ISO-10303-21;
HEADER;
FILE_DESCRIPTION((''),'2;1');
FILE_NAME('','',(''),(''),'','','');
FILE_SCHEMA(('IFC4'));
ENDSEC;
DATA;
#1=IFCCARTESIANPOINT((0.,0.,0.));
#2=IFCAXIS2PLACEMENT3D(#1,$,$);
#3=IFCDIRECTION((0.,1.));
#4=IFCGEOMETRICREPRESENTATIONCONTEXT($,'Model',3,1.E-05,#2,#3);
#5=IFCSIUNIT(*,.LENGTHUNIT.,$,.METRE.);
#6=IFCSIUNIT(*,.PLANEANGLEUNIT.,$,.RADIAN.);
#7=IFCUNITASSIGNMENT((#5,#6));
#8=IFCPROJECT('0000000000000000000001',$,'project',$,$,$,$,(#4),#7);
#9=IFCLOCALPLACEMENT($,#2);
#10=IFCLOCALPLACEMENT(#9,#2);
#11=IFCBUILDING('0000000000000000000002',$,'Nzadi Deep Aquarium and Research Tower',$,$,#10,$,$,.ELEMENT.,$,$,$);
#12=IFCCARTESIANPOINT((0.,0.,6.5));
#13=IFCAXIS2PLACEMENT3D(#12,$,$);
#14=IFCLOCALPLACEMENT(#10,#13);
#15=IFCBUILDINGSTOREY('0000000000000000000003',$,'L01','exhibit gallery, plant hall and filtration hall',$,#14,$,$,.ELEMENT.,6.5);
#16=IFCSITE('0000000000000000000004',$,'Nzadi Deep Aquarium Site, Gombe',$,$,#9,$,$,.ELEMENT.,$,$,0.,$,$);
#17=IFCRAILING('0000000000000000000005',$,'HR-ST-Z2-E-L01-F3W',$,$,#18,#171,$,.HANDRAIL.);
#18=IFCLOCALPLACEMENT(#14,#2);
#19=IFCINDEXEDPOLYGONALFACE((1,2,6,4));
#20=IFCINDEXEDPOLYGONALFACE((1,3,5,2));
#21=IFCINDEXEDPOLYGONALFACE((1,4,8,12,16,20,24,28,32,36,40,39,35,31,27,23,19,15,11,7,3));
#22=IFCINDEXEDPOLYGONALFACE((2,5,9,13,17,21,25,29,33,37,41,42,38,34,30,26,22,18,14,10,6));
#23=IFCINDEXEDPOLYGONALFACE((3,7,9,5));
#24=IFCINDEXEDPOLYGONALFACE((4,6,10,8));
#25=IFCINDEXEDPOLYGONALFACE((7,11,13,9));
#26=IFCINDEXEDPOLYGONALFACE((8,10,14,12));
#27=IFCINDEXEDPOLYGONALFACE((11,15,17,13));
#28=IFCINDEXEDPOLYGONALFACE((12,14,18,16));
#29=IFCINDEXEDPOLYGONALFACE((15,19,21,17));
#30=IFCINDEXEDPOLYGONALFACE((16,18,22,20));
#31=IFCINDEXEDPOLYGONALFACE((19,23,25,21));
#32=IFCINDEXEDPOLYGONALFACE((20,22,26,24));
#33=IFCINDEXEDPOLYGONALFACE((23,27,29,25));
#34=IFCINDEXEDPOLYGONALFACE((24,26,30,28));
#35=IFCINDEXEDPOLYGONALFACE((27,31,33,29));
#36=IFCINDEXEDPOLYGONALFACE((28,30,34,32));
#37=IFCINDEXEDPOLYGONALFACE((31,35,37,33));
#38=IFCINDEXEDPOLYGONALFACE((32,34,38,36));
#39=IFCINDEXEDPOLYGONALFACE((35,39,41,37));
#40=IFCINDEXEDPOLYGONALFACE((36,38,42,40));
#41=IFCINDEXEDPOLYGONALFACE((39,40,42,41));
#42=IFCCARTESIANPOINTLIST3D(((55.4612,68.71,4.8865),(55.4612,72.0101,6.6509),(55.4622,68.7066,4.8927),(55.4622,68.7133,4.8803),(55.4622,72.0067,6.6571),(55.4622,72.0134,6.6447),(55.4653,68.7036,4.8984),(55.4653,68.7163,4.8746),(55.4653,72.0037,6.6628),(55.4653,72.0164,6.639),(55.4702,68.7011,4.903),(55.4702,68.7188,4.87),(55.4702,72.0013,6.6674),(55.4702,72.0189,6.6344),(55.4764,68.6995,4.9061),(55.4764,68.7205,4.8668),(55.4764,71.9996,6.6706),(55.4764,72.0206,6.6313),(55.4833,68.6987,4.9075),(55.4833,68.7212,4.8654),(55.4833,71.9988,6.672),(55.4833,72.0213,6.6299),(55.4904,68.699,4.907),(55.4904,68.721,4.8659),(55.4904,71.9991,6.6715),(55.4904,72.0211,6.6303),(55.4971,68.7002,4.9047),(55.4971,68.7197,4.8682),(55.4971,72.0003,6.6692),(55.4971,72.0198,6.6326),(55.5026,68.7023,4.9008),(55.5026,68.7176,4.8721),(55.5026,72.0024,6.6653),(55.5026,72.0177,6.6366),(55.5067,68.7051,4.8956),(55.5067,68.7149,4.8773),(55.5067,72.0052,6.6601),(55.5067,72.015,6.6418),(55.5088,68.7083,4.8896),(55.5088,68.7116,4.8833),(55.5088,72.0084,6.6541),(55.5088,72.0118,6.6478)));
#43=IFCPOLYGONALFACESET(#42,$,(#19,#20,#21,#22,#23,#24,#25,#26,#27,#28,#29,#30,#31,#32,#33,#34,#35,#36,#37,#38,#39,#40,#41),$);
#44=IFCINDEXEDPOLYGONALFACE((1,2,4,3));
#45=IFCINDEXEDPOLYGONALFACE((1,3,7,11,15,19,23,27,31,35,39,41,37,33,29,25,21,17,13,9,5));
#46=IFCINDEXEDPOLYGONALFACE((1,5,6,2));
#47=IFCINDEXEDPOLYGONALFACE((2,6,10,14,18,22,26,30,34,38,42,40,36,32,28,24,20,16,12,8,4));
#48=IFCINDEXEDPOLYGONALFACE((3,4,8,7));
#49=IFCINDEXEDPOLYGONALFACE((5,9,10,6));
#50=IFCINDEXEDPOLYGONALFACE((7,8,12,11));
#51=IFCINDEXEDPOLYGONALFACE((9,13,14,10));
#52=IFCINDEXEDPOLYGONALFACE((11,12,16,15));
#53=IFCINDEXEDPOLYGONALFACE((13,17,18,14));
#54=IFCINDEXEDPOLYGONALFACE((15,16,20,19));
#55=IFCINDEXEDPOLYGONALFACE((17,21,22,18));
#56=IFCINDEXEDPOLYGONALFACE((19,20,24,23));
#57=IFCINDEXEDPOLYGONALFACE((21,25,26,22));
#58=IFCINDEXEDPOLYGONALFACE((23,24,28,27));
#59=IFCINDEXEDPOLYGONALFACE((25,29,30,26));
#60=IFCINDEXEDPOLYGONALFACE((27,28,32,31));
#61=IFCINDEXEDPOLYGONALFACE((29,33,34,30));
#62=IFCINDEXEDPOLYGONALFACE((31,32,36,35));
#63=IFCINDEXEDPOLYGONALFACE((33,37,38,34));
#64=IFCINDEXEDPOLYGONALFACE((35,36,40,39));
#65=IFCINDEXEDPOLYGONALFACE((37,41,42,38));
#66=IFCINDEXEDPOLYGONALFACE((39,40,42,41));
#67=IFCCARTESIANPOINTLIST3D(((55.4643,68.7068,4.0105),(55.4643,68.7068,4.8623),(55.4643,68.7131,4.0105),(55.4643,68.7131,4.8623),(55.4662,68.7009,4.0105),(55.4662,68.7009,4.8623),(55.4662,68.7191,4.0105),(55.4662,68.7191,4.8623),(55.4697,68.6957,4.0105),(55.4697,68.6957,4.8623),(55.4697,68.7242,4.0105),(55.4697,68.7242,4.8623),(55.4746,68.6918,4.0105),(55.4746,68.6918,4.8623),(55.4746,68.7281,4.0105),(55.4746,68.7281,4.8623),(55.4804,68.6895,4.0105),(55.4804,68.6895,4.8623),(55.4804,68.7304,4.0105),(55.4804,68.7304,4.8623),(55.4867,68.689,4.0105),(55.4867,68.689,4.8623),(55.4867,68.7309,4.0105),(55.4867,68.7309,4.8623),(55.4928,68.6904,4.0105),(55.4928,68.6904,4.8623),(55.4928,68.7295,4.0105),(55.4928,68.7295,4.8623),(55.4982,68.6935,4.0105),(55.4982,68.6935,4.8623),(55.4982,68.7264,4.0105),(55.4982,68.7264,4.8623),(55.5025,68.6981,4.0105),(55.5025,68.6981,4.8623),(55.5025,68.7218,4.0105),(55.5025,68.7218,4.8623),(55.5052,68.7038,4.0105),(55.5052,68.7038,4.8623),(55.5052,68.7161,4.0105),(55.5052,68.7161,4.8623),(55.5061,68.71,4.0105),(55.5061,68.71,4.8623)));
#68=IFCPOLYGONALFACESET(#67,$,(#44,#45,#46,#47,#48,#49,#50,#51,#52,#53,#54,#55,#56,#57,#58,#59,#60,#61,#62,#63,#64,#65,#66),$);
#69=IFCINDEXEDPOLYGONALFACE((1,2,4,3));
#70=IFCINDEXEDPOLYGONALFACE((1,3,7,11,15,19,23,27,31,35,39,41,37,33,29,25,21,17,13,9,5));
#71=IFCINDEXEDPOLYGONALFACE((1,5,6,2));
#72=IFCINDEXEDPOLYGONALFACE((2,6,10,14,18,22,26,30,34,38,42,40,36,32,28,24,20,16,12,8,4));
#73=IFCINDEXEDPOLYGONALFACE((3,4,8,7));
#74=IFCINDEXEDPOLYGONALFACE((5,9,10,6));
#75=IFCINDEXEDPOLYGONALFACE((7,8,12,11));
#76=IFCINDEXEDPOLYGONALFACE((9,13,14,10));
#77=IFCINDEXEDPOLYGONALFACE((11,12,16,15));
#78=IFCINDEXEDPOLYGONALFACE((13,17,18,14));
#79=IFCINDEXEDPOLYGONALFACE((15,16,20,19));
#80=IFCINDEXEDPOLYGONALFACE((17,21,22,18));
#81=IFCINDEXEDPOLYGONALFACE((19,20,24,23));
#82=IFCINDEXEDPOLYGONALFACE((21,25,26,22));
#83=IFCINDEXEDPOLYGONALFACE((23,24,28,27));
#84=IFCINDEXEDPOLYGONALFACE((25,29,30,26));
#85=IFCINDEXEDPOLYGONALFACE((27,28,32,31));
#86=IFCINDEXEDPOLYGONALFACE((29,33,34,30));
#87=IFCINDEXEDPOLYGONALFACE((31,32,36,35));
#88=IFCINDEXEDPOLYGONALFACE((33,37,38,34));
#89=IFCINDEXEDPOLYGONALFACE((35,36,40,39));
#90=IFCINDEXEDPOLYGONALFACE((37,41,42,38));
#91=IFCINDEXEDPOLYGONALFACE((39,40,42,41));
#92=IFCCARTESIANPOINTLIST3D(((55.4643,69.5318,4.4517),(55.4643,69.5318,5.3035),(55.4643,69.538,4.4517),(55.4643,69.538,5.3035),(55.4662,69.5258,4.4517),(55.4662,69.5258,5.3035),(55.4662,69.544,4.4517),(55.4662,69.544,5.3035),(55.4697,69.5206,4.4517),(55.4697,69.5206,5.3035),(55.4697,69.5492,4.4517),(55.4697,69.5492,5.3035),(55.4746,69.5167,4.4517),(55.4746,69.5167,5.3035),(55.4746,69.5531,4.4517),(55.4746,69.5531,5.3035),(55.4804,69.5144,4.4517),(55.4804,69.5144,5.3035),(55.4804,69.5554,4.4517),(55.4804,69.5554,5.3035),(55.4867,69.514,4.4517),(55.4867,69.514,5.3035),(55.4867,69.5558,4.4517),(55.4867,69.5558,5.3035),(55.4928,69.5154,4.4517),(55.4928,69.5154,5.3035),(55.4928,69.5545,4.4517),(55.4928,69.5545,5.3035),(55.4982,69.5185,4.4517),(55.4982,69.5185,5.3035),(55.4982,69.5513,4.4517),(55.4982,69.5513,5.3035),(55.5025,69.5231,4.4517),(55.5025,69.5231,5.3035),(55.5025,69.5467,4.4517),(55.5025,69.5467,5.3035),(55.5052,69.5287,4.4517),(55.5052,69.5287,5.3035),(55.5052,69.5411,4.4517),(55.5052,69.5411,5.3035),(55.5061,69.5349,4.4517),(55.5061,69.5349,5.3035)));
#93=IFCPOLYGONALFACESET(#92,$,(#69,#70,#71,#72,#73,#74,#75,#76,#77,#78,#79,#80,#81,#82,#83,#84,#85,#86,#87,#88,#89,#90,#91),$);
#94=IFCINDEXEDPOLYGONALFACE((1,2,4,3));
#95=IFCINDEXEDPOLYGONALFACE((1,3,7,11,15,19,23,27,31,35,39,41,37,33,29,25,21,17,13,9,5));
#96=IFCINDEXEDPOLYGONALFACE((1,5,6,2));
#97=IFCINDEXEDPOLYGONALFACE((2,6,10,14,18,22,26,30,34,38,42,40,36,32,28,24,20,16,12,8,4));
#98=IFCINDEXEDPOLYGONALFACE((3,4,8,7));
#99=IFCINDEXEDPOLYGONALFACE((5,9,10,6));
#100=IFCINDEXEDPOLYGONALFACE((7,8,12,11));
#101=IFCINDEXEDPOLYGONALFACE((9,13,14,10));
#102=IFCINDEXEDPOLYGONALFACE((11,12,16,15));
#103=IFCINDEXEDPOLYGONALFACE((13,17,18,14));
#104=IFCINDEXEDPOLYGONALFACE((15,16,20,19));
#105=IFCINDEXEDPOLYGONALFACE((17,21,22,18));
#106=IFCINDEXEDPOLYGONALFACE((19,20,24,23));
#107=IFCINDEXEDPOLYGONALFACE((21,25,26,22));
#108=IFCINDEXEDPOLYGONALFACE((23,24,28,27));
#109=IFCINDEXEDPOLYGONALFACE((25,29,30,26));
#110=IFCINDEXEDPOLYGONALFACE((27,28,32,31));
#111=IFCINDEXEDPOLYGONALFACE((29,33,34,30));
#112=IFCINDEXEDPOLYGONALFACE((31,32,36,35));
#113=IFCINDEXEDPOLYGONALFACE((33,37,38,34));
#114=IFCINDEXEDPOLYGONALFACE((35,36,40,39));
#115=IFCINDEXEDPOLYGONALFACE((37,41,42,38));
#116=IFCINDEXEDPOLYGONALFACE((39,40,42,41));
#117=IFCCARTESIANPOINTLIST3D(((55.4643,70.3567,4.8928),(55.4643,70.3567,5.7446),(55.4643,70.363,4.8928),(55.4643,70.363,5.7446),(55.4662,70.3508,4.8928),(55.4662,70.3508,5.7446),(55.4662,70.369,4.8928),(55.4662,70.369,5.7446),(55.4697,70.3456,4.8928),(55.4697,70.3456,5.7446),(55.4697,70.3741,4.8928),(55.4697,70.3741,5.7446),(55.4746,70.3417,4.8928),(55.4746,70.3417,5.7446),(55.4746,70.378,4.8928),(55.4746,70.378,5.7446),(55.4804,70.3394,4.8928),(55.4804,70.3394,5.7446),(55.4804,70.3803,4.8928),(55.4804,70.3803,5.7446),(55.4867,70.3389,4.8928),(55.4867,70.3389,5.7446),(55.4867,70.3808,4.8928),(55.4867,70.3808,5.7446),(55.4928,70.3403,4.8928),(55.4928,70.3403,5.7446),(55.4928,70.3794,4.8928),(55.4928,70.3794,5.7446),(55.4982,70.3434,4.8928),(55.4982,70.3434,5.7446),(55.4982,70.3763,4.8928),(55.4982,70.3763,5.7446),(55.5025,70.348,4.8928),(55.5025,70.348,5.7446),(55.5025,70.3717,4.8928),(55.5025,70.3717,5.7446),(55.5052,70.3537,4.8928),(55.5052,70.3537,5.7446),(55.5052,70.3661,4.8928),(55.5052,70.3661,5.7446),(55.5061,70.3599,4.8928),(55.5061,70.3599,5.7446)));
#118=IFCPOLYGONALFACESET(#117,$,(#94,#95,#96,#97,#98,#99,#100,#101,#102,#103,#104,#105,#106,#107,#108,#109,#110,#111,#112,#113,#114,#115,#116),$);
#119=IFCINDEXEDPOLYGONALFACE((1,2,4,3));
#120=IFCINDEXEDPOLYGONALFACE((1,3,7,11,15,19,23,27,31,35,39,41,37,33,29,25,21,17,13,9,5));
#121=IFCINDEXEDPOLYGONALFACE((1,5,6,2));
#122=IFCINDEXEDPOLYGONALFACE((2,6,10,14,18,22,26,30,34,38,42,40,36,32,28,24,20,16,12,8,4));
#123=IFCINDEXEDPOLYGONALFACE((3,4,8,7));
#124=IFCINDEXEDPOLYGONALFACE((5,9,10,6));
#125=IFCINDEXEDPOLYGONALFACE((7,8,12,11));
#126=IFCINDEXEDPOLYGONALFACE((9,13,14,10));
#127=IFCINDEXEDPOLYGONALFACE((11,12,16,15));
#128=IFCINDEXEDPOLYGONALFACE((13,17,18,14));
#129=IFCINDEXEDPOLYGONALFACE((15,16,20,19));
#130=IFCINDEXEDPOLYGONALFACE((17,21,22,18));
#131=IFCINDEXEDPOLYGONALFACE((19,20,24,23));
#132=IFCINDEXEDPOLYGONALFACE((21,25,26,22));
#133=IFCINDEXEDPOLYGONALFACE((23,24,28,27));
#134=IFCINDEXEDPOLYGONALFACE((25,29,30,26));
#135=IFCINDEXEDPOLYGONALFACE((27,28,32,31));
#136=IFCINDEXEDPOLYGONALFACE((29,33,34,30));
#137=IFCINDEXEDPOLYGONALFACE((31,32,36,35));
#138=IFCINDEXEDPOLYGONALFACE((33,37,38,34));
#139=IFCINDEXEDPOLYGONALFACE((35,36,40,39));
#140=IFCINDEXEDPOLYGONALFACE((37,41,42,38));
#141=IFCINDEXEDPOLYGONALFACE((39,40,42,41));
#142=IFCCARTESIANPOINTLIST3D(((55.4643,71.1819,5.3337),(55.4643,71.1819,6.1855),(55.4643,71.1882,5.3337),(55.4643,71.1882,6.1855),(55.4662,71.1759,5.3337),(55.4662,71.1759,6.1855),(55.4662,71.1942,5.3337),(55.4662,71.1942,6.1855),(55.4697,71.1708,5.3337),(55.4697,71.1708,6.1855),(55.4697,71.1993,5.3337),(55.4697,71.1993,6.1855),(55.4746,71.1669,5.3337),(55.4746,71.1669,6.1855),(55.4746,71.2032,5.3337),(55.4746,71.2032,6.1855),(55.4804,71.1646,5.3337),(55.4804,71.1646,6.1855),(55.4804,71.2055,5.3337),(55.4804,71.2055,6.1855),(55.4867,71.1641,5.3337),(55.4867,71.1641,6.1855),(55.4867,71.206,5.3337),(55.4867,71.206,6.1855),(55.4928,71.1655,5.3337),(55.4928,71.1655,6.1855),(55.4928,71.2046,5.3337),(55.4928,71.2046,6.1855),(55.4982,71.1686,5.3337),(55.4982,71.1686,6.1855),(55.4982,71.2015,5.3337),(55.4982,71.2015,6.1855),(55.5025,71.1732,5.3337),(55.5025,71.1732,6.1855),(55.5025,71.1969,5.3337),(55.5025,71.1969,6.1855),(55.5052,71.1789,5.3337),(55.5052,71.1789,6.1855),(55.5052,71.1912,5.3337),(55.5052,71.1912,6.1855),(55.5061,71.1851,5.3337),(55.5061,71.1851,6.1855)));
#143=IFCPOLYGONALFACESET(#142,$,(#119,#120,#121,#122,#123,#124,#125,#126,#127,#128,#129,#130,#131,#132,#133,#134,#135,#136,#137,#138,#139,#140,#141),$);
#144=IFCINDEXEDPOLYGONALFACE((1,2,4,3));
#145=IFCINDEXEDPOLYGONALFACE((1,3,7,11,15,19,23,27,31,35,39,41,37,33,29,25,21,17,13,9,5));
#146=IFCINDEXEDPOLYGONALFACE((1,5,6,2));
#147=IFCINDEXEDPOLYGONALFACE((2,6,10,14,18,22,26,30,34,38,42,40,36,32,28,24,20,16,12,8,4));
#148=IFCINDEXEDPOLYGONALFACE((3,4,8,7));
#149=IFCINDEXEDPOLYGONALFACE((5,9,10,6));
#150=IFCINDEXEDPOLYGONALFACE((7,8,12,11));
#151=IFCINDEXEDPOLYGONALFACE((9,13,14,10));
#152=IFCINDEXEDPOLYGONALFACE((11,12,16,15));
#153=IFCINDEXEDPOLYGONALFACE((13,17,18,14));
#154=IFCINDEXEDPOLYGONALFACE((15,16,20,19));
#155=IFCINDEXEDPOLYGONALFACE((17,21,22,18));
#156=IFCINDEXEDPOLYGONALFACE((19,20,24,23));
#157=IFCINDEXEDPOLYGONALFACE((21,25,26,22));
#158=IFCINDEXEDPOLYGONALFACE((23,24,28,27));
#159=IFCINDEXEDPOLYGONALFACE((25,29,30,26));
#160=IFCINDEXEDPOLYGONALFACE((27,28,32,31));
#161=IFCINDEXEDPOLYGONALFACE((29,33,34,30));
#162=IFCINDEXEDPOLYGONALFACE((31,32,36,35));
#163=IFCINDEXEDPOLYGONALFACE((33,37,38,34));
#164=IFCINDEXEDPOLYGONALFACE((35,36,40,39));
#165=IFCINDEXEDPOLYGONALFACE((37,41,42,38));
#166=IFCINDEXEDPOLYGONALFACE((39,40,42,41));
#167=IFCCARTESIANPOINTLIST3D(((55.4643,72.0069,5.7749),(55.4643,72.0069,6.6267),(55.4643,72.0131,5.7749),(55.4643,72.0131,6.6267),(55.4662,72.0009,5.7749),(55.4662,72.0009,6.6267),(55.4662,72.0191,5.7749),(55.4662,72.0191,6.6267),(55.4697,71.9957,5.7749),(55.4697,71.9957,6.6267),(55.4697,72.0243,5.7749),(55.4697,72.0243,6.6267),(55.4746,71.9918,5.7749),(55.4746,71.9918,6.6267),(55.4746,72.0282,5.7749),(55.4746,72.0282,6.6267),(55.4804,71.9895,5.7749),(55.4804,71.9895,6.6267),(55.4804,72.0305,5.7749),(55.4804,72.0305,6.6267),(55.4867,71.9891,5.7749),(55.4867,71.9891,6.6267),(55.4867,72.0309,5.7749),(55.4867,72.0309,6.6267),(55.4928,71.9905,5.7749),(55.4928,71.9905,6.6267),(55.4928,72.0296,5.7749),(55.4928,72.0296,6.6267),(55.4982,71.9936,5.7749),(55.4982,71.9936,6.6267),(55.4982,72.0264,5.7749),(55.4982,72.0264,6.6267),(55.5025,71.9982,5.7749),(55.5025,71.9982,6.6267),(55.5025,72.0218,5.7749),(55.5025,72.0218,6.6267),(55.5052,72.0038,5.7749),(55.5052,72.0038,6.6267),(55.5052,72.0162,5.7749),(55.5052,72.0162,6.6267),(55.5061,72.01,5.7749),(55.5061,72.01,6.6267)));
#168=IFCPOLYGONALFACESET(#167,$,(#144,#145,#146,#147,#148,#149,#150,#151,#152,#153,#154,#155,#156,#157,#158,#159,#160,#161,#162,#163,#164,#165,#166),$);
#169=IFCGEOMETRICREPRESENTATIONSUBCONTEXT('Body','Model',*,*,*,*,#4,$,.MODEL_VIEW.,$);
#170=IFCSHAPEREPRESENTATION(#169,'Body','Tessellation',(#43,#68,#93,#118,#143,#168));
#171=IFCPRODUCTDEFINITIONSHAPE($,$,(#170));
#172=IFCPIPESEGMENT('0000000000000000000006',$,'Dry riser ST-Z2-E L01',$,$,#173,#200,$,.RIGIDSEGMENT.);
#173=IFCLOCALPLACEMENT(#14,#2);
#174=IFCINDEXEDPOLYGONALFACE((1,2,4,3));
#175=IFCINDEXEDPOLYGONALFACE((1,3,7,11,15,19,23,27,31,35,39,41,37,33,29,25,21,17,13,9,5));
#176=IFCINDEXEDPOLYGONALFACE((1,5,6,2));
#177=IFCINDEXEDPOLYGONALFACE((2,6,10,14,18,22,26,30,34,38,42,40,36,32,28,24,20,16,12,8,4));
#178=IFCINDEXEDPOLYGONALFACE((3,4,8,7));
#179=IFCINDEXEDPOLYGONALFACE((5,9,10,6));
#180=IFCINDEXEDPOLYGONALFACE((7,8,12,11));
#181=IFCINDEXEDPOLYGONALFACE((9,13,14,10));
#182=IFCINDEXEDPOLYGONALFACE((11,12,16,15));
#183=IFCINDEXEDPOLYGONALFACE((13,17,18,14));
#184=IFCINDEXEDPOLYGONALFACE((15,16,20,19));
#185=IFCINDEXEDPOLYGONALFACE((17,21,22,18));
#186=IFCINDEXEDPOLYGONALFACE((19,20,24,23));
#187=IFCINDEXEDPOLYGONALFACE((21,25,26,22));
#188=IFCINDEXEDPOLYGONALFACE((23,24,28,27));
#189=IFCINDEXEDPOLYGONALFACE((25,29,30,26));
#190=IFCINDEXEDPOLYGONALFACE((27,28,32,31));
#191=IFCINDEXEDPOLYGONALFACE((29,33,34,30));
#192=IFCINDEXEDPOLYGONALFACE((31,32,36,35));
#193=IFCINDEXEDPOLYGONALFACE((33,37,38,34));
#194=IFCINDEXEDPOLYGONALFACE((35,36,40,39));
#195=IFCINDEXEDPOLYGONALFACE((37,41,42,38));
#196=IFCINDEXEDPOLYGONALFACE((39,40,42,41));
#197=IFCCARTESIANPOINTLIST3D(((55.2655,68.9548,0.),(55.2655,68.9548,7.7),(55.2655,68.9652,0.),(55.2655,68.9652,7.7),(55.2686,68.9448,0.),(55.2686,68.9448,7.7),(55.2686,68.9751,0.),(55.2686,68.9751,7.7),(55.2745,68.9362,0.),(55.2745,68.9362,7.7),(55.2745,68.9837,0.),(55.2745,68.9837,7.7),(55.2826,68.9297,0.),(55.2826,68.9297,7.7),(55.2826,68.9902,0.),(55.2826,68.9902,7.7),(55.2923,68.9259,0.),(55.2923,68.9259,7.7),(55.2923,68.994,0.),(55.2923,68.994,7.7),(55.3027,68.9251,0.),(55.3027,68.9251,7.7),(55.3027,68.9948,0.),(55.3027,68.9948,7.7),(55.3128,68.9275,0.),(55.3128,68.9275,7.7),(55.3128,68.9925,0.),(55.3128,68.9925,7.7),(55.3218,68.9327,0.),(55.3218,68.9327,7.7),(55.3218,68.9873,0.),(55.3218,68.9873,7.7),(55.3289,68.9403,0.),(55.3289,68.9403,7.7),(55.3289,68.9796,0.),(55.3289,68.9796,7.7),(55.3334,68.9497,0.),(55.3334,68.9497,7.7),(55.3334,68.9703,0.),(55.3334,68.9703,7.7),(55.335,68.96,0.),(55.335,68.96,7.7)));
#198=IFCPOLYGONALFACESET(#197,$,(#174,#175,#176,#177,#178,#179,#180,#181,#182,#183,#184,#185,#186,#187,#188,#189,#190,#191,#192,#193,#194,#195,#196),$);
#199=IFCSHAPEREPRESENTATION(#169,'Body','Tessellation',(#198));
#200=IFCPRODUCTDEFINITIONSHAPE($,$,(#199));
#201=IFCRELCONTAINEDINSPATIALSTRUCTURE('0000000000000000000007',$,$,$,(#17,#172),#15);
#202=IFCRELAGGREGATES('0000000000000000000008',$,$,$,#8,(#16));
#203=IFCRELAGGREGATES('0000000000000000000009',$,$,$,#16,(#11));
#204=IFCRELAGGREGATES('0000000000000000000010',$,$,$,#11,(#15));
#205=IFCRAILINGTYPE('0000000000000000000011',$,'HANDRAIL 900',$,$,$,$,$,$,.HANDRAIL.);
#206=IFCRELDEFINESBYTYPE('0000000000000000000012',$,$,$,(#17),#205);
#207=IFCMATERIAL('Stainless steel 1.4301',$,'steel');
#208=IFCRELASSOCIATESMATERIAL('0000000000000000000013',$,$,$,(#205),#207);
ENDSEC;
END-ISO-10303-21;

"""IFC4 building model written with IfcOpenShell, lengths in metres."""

from ifc_helpers import new_model, si_unit, direction, frame, origin, origin_2d, place, context, subcontext, project, spatial, circle, extrude, material, type_object, element, save


model = new_model("IFC4")

# Units and contexts
model_context = context("Model", 3, precision=1e-05, world=origin(), true_north=direction((0.0, 1.0)))
body_context = subcontext(model_context, "Body", "Model", "MODEL_VIEW")
ifc_project = project(units=[si_unit("LENGTHUNIT", "METRE"), si_unit("PLANEANGLEUNIT", "RADIAN")], contexts=[model_context])

# Site, building, storey
site_placement = place(None, origin())
site = spatial("IfcSite", under=ifc_project, at=site_placement, Name="Nzadi Deep Aquarium Site, Gombe", CompositionType="ELEMENT", RefElevation=0.0)
building_placement = place(site_placement, origin())
building = spatial("IfcBuilding", under=site, at=building_placement, Name="Nzadi Deep Aquarium and Research Tower", CompositionType="ELEMENT")
storey_placement = place(building_placement, frame((0.0, 0.0, 6.5)))
storey = spatial("IfcBuildingStorey", under=building, at=storey_placement, Name="L01", Description="exhibit gallery, plant hall and filtration hall", CompositionType="ELEMENT", Elevation=6.5)

# Railing
ifc_material_1 = material(Name="Stainless steel 1.4301", Category="steel")
railing_type = type_object("IfcRailingType", Name="HANDRAIL 900", PredefinedType="HANDRAIL", material=ifc_material_1)
for number, where, name in (
    (1, (55.4851, 68.71, 4.0105), "HR-ST-Z2-E-L01-F3W"),
):
    element("IfcRailing", number, at=place(storey_placement, frame(where)), inside=storey, type_object=railing_type, Name=name, PredefinedType="HANDRAIL", context=body_context, shape_type="SweptSolid", body=[
        extrude(circle(Radius=0.0239, at=origin_2d()), frame((0.0, 0.0, 0.876), z_axis=(0.0, 0.881867, 0.471499), x_axis=(-1.0, 0.0, 0.0)), (0.0, 0.0, 1.0), 3.7422),
        extrude(circle(Radius=0.021, at=origin_2d()), origin(), (0.0, 0.0, 1.0), 0.8518),
        extrude(circle(Radius=0.021, at=origin_2d()), frame((0.0, 0.825, 0.4412)), (0.0, 0.0, 1.0), 0.8518),
        extrude(circle(Radius=0.021, at=origin_2d()), frame((0.0, 1.6499, 0.8823)), (0.0, 0.0, 1.0), 0.8518),
        extrude(circle(Radius=0.021, at=origin_2d()), frame((0.0, 2.4751, 1.3232)), (0.0, 0.0, 1.0), 0.8518),
        extrude(circle(Radius=0.021, at=origin_2d()), frame((0.0, 3.3, 1.7644)), (0.0, 0.0, 1.0), 0.8518),
    ])

# Pipe segment
pipe_segment_placement = place(storey_placement, frame((55.3, 68.96, 0.0), z_axis=(0.0, 0.0, 1.0), x_axis=(1.0, 0.0, 0.0)))
element("IfcPipeSegment", 2, at=pipe_segment_placement, inside=storey, Name="Dry riser ST-Z2-E L01", PredefinedType="RIGIDSEGMENT", context=body_context, shape_type="SweptSolid", body=[
    extrude(circle(Radius=0.0349, at=origin_2d()), origin(), (0.0, 0.0, 1.0), 7.7),
])

save(model, "model.ifc")
